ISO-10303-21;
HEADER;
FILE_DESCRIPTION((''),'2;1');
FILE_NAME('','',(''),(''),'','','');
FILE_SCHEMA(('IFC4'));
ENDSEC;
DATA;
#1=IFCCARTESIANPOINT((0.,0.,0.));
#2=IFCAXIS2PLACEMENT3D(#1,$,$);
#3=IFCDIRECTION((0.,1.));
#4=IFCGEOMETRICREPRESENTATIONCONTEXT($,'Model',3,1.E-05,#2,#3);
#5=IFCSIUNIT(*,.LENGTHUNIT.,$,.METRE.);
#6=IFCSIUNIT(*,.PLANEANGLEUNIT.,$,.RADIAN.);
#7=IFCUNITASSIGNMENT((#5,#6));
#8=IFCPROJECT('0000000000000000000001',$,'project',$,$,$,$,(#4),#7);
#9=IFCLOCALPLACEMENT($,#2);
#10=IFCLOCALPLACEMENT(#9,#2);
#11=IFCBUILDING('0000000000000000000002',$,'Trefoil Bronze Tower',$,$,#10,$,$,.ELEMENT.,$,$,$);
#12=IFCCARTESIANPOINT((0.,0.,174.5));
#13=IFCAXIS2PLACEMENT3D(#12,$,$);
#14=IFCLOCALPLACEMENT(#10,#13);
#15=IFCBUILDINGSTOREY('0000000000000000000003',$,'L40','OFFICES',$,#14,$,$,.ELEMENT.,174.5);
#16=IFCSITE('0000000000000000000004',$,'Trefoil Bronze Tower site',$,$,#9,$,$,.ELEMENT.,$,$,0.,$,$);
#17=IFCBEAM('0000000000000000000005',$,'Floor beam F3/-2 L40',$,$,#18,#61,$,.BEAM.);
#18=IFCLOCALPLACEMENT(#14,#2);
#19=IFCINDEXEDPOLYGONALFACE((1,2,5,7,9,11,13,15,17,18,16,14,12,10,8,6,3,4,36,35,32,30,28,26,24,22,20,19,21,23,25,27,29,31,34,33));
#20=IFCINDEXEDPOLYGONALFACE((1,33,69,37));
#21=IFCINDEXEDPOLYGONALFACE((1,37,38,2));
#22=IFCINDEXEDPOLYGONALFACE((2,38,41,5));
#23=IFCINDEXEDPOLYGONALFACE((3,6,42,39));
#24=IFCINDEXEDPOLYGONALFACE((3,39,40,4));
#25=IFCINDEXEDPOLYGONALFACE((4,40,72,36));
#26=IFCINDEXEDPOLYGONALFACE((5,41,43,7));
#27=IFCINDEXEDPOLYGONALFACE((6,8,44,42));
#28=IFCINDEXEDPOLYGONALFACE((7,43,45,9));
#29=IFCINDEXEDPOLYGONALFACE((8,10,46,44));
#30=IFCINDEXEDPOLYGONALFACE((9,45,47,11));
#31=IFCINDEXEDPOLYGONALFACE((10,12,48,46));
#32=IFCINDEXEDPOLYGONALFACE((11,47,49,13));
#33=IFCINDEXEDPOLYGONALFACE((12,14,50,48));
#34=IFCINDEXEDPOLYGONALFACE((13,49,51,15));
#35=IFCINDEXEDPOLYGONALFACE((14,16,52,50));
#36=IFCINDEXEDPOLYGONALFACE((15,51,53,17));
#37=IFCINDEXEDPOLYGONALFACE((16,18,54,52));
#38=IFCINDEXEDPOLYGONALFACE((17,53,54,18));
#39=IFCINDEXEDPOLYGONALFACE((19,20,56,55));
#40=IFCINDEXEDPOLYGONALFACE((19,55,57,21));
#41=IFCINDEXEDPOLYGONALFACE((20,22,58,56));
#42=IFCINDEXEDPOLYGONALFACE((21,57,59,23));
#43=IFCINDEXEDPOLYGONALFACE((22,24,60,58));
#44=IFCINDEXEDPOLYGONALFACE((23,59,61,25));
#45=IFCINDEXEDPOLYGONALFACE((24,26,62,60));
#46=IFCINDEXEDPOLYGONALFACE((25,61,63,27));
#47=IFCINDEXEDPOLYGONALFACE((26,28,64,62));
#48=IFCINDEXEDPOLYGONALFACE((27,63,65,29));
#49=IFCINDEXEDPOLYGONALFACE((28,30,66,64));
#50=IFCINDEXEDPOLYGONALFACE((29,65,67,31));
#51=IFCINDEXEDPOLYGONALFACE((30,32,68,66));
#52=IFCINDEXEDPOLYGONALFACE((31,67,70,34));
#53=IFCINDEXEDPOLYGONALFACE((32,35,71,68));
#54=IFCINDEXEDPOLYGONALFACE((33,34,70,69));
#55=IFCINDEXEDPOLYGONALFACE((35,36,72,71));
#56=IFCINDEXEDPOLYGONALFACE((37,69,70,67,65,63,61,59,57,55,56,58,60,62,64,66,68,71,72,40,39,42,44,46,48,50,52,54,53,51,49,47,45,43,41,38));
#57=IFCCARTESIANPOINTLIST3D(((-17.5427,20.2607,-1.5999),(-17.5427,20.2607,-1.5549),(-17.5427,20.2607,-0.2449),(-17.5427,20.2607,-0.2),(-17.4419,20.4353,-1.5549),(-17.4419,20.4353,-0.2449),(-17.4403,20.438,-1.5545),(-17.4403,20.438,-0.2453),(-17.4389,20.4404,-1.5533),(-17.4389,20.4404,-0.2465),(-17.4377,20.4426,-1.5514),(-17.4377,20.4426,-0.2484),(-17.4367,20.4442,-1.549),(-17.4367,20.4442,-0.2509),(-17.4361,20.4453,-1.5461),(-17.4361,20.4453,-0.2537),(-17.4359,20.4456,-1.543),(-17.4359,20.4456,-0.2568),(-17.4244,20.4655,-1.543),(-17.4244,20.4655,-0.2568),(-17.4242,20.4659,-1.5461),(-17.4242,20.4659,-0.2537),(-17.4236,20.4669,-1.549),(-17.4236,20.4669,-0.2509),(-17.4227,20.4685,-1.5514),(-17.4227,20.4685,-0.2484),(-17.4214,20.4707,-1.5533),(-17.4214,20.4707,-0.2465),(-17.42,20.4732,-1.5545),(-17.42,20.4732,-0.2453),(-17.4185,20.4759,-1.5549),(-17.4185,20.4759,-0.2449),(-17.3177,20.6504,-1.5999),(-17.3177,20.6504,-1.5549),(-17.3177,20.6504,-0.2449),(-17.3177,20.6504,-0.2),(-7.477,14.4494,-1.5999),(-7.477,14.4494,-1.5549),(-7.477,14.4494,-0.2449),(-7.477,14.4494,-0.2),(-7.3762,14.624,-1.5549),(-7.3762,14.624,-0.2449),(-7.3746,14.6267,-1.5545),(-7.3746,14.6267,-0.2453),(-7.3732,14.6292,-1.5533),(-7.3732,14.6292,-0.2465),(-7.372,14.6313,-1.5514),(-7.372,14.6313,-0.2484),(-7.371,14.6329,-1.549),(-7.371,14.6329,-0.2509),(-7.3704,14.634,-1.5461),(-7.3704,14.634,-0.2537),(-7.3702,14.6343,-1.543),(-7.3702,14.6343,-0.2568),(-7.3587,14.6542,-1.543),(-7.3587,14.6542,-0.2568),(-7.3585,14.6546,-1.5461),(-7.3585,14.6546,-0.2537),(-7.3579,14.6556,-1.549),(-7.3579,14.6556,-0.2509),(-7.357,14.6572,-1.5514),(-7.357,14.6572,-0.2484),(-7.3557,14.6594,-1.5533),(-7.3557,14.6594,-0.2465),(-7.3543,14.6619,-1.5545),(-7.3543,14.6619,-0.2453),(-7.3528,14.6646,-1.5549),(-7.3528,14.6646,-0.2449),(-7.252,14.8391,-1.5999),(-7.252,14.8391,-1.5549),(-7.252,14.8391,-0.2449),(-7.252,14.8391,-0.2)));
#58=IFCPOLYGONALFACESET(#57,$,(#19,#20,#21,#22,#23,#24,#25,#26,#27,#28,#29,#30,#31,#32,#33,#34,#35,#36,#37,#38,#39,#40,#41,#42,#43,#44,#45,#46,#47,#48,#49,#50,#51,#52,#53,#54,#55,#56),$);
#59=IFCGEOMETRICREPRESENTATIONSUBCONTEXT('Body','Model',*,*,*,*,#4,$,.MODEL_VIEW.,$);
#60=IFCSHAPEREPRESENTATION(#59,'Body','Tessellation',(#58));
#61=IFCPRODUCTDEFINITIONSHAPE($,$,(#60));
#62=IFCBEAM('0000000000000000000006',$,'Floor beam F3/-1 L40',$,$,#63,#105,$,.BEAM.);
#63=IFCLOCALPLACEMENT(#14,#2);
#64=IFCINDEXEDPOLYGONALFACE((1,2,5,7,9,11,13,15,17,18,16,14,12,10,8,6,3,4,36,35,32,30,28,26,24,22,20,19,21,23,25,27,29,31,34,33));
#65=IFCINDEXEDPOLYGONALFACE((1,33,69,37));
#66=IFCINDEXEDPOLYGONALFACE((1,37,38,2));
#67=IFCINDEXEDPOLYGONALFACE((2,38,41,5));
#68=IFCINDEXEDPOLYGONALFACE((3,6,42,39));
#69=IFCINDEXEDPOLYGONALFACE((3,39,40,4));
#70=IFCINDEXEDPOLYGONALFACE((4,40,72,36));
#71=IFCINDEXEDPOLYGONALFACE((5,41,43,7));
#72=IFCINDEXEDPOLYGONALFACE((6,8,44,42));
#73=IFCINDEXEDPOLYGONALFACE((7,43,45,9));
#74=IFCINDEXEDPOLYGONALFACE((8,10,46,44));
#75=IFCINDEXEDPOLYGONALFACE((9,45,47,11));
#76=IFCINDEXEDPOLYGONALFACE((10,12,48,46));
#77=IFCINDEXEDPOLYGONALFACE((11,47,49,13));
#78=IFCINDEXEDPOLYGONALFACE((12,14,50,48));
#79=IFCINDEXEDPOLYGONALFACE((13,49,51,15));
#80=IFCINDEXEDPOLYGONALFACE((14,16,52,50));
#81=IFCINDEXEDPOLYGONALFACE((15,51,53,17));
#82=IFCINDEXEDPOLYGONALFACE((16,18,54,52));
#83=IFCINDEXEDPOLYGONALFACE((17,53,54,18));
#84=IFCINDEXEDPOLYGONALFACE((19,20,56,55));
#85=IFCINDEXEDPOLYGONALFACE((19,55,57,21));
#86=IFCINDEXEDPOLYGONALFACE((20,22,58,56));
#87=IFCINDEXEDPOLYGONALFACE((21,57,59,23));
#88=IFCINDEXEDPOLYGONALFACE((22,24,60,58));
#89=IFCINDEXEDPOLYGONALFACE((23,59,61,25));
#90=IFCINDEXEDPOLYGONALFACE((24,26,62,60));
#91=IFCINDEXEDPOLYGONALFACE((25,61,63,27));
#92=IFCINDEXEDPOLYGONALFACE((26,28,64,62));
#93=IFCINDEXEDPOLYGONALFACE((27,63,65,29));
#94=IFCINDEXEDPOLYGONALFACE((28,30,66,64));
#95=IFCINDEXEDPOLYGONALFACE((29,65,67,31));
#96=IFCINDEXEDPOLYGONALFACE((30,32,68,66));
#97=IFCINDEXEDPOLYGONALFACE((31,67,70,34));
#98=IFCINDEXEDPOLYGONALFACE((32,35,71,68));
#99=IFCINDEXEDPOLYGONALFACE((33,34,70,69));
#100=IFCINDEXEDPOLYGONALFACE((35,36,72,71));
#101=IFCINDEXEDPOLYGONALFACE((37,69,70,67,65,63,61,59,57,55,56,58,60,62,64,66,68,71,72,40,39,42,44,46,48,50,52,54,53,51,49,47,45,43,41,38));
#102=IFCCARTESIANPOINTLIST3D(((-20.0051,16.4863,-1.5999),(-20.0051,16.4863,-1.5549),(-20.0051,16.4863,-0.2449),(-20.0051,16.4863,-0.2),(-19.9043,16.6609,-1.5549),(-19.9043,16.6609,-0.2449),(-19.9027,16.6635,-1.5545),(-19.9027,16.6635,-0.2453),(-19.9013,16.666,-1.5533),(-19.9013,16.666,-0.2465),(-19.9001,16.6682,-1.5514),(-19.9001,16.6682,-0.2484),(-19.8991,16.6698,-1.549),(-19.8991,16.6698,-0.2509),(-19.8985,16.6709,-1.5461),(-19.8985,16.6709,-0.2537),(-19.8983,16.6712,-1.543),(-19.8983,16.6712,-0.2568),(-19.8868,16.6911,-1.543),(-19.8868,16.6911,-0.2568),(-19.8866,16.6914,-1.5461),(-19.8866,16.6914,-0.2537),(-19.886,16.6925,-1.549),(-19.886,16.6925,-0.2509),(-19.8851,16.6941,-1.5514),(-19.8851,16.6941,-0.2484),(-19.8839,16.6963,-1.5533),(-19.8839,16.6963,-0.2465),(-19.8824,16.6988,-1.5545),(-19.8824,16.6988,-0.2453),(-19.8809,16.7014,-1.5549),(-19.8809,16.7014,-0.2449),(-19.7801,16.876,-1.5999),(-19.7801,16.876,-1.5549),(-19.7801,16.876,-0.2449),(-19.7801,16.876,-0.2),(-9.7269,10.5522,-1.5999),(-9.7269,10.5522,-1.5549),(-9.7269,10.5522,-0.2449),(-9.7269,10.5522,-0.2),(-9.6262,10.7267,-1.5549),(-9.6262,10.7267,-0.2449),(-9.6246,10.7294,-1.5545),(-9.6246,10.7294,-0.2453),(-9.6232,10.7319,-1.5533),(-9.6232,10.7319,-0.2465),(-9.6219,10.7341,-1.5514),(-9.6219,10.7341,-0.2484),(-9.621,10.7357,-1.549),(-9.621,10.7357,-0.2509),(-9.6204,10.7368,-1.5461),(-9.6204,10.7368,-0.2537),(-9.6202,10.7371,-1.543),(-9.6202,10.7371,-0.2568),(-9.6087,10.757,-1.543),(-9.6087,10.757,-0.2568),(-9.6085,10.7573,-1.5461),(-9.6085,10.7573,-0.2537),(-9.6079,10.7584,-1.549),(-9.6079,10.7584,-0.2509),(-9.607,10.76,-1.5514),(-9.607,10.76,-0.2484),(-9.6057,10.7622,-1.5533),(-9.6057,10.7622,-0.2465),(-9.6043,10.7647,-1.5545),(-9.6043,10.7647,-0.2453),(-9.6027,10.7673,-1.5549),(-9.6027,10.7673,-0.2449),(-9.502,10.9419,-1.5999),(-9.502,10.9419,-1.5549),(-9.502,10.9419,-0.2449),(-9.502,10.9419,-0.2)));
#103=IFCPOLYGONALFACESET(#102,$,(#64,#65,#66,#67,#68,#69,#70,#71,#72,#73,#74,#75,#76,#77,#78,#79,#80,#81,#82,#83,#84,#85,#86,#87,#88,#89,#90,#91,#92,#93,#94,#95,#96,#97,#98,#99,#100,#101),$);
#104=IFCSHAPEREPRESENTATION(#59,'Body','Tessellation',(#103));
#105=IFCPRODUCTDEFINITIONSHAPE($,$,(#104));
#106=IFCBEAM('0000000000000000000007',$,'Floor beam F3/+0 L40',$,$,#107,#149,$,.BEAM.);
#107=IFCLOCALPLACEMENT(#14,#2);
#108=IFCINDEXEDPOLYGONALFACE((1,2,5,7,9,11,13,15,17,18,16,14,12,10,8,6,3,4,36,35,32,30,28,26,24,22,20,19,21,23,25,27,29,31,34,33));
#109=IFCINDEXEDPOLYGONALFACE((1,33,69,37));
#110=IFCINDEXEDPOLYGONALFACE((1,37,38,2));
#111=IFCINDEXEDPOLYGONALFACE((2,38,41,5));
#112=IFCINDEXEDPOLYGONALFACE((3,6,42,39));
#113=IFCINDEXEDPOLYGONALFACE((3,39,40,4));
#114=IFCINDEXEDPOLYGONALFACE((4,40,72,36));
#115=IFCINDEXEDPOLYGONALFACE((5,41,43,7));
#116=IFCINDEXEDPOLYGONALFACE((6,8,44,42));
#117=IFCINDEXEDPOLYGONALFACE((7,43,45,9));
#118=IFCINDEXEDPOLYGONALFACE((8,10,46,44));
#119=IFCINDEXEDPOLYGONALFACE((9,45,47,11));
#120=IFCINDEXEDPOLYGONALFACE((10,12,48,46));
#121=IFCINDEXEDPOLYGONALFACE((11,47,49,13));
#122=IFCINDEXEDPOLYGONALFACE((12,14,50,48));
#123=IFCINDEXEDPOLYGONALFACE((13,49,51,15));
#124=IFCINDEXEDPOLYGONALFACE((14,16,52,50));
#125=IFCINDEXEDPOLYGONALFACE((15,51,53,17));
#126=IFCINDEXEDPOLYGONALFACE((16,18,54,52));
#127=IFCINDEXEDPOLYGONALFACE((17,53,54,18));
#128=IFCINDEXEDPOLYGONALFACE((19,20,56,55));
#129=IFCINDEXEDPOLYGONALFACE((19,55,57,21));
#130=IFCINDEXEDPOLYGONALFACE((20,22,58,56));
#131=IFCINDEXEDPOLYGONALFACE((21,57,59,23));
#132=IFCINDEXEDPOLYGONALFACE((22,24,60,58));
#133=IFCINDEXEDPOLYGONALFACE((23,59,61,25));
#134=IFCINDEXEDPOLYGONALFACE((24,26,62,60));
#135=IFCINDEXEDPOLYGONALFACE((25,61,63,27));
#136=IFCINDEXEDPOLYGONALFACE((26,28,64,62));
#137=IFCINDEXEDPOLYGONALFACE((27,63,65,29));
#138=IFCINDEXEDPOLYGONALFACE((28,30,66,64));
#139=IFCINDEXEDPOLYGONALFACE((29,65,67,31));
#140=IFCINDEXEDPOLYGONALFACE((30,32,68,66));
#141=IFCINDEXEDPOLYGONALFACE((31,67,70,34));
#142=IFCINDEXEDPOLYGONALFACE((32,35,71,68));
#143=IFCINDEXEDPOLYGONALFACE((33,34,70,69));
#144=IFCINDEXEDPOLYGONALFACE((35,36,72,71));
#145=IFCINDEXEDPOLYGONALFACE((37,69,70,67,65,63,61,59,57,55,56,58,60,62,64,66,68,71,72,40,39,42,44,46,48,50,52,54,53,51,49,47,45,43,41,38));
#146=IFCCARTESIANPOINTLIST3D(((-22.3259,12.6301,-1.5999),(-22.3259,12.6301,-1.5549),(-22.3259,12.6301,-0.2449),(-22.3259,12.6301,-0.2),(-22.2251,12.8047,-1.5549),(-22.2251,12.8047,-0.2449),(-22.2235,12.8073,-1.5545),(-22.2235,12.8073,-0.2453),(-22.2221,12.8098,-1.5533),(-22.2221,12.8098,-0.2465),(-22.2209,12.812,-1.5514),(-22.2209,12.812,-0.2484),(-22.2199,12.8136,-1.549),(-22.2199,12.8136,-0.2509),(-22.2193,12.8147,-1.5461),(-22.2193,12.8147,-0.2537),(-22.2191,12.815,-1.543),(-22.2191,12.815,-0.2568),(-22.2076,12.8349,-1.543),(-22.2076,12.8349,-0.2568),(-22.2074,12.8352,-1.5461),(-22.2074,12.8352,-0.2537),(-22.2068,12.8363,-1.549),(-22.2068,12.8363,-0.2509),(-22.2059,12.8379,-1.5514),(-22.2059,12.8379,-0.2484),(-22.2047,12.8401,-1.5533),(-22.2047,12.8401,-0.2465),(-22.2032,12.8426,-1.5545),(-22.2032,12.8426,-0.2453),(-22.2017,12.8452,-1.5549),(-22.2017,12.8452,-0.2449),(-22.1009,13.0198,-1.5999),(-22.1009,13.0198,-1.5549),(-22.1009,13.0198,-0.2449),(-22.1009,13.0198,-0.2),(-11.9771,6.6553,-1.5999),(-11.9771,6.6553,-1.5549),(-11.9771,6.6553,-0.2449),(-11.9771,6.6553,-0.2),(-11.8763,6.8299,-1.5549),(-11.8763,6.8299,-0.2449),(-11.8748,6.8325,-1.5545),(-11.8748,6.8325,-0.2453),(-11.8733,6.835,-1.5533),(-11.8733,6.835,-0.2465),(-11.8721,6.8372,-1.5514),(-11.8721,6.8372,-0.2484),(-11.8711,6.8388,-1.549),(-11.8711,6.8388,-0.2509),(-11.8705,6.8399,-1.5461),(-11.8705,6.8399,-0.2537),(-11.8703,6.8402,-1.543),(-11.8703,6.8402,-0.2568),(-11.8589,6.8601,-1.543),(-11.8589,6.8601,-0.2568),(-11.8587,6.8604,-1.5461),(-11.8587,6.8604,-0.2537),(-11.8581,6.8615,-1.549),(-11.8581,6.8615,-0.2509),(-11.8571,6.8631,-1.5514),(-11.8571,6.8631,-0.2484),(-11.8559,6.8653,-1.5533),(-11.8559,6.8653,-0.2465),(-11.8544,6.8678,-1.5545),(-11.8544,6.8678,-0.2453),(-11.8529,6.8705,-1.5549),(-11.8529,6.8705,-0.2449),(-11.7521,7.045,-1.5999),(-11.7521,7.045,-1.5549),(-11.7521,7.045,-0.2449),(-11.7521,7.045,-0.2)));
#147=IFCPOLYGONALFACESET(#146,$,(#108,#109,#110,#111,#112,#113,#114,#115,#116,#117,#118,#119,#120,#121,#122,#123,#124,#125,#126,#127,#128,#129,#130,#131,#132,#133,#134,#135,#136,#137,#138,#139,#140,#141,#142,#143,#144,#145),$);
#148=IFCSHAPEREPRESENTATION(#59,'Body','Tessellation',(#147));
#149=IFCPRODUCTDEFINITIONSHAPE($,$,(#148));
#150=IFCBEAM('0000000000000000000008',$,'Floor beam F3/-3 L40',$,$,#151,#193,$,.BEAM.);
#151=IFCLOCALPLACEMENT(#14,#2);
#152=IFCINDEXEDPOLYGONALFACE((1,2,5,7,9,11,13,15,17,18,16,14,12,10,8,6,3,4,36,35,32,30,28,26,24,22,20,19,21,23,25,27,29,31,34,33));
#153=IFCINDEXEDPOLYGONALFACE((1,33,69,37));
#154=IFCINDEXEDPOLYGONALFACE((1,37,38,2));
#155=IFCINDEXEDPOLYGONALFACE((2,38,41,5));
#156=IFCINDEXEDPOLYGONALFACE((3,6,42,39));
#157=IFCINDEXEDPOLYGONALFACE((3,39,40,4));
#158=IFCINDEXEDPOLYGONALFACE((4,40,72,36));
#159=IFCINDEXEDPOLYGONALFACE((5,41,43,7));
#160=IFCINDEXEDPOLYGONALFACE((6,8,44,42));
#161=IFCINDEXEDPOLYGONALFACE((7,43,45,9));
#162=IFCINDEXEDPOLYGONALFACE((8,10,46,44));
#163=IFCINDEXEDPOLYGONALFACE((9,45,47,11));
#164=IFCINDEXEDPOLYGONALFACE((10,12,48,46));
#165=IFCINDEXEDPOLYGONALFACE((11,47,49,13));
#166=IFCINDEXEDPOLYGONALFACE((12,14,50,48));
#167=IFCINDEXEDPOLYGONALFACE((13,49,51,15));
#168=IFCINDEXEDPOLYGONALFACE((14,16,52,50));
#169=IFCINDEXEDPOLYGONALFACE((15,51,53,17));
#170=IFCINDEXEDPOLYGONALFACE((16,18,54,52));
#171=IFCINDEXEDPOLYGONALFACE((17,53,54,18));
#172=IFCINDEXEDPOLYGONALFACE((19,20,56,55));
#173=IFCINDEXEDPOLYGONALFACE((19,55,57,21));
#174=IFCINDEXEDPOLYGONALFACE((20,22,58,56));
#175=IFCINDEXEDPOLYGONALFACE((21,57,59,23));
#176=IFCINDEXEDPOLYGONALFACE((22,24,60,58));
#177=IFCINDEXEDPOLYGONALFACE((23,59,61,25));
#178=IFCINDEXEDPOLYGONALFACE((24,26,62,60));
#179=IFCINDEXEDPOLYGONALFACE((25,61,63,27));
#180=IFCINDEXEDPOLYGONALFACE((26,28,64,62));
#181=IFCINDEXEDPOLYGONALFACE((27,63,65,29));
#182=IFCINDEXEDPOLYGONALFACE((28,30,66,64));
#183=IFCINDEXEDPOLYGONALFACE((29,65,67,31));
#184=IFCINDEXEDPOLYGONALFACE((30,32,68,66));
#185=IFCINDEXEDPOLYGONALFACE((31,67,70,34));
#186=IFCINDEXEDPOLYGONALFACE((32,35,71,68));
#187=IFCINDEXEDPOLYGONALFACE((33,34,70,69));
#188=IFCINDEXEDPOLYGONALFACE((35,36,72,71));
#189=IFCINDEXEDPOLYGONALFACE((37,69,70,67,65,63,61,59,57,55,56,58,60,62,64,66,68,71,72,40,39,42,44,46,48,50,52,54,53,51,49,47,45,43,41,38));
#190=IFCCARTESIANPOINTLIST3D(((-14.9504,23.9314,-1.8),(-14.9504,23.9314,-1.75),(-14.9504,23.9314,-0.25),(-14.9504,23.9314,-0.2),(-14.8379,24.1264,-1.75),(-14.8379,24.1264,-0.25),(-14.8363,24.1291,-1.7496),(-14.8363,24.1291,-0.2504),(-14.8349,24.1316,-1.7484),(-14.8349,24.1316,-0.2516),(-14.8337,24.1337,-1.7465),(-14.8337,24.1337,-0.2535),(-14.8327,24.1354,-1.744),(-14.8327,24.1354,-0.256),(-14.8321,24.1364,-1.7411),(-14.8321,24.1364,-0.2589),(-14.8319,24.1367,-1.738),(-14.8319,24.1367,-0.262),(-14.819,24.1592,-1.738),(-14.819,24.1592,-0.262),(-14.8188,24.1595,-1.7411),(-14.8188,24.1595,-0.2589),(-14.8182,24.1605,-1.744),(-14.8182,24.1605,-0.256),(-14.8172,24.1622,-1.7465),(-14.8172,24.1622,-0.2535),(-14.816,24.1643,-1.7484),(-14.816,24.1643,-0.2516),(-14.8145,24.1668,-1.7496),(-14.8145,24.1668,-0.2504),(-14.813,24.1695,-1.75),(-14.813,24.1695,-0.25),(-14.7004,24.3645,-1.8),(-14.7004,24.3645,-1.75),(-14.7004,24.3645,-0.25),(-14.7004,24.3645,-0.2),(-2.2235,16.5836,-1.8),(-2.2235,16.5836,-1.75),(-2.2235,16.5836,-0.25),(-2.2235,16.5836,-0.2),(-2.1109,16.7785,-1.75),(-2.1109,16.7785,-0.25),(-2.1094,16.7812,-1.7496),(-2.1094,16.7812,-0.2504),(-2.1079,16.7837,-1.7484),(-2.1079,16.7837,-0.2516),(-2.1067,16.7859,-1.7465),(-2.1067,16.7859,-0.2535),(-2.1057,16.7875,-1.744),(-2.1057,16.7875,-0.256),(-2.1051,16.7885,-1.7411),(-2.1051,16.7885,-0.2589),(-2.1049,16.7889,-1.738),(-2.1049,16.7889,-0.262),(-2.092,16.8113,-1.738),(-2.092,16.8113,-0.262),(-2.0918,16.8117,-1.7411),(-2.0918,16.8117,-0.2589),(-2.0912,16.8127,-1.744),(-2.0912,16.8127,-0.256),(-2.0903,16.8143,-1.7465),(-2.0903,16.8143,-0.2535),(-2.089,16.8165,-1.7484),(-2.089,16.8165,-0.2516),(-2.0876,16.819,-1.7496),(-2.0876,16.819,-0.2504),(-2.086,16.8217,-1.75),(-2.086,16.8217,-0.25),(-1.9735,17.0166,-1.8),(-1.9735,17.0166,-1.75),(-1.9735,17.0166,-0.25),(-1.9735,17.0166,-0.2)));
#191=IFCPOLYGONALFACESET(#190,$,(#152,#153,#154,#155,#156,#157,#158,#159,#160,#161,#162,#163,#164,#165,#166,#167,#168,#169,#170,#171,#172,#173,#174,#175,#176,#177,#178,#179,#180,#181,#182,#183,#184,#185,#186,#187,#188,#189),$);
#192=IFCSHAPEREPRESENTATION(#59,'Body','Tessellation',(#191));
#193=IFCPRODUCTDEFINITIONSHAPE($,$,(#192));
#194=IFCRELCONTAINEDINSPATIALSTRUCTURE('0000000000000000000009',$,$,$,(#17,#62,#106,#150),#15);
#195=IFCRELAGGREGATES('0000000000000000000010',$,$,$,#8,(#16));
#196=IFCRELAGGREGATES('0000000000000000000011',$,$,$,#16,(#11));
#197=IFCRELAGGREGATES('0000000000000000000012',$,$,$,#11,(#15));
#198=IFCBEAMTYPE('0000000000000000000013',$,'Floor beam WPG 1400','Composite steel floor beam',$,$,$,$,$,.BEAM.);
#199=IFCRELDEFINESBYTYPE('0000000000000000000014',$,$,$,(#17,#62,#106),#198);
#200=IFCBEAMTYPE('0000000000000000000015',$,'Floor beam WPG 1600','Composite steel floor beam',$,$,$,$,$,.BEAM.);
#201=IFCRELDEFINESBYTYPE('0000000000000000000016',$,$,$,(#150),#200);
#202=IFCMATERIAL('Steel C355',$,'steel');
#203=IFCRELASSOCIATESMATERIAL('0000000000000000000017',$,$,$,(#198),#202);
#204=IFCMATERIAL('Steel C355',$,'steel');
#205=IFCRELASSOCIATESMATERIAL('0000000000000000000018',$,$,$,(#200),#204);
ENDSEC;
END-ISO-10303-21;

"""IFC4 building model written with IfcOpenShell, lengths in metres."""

from ifc_helpers import new_model, si_unit, direction, frame, origin, origin_2d, place, context, subcontext, project, spatial, i_section, extrude, material, material_profile, profile_set, type_object, element, save


model = new_model("IFC4")

# Units and contexts
model_context = context("Model", 3, precision=1e-05, world=origin(), true_north=direction((0.0, 1.0)))
body_context = subcontext(model_context, "Body", "Model", "MODEL_VIEW")
ifc_project = project(units=[si_unit("LENGTHUNIT", "METRE"), si_unit("PLANEANGLEUNIT", "RADIAN")], contexts=[model_context])

# Site, building, storey
site_placement = place(None, origin())
site = spatial("IfcSite", under=ifc_project, at=site_placement, Name="Trefoil Bronze Tower site", CompositionType="ELEMENT", RefElevation=0.0)
building_placement = place(site_placement, origin())
building = spatial("IfcBuilding", under=site, at=building_placement, Name="Trefoil Bronze Tower", CompositionType="ELEMENT")
storey_placement = place(building_placement, frame((0.0, 0.0, 174.5)))
storey = spatial("IfcBuildingStorey", under=building, at=storey_placement, Name="L40", Description="OFFICES", CompositionType="ELEMENT", Elevation=174.5)

# Beams
ifc_material_1 = material(Name="Steel C355", Category="steel")
ifc_material_profile_1 = material_profile(ifc_material_1, i_section(OverallWidth=0.45, OverallDepth=1.3999, WebThickness=0.0229, FlangeThickness=0.0449, FilletRadius=0.012, at=origin_2d()), Name="WPG 1400")
ifc_profile_set_1 = profile_set([ifc_material_profile_1], Name="Steel C355")
beam_type_1 = type_object("IfcBeamType", Name="Floor beam WPG 1400", Description="Composite steel floor beam", PredefinedType="BEAM", material=ifc_profile_set_1)
beam_1_placement = place(storey_placement, frame((-17.4302, 20.4556, -0.8999), z_axis=(0.866031, -0.499991, 0.0), x_axis=(0.499991, 0.866031, 0.0)))
element("IfcBeam", 1, at=beam_1_placement, inside=storey, type_object=beam_type_1, Name="Floor beam F3/-2 L40", PredefinedType="BEAM", context=body_context, shape_type="SweptSolid", body=[
    extrude(i_section(OverallWidth=0.45, OverallDepth=1.3999, WebThickness=0.0229, FlangeThickness=0.0449, FilletRadius=0.012, at=origin_2d()), origin(), (0.0, 0.0, 1.0), 11.6228),
])
beam_2_placement = place(storey_placement, frame((-19.8926, 16.6812, -0.8999), z_axis=(0.866024, -0.500002, 0.0), x_axis=(0.500002, 0.866024, 0.0)))
element("IfcBeam", 2, at=beam_2_placement, inside=storey, type_object=beam_type_1, Name="Floor beam F3/-1 L40", PredefinedType="BEAM", context=body_context, shape_type="SweptSolid", body=[
    extrude(i_section(OverallWidth=0.45, OverallDepth=1.3999, WebThickness=0.0229, FlangeThickness=0.0449, FilletRadius=0.012, at=origin_2d()), origin(), (0.0, 0.0, 1.0), 11.8682),
])
beam_3_placement = place(storey_placement, frame((-22.2134, 12.825, -0.8999), z_axis=(0.866028, -0.499995, 0.0), x_axis=(0.499995, 0.866028, 0.0)))
element("IfcBeam", 3, at=beam_3_placement, inside=storey, type_object=beam_type_1, Name="Floor beam F3/+0 L40", PredefinedType="BEAM", context=body_context, shape_type="SweptSolid", body=[
    extrude(i_section(OverallWidth=0.45, OverallDepth=1.3999, WebThickness=0.0229, FlangeThickness=0.0449, FilletRadius=0.012, at=origin_2d()), origin(), (0.0, 0.0, 1.0), 11.9497),
])
ifc_material_2 = material(Name="Steel C355", Category="steel")
ifc_material_profile_2 = material_profile(ifc_material_2, i_section(OverallWidth=0.5, OverallDepth=1.6001, WebThickness=0.0259, FlangeThickness=0.05, FilletRadius=0.012, at=origin_2d()), Name="WPG 1600")
ifc_profile_set_2 = profile_set([ifc_material_profile_2], Name="Steel C355")
beam_type_2 = type_object("IfcBeamType", Name="Floor beam WPG 1600", Description="Composite steel floor beam", PredefinedType="BEAM", material=ifc_profile_set_2)
beam_4_placement = place(storey_placement, frame((-14.8254, 24.1479, -1.0), z_axis=(0.866027, -0.499997, 0.0), x_axis=(0.499997, 0.866027, 0.0)))
element("IfcBeam", 4, at=beam_4_placement, inside=storey, type_object=beam_type_2, Name="Floor beam F3/-3 L40", PredefinedType="BEAM", context=body_context, shape_type="SweptSolid", body=[
    extrude(i_section(OverallWidth=0.5, OverallDepth=1.6001, WebThickness=0.0259, FlangeThickness=0.05, FilletRadius=0.012, at=origin_2d()), origin(), (0.0, 0.0, 1.0), 14.6958),
])

save(model, "model.ifc")
